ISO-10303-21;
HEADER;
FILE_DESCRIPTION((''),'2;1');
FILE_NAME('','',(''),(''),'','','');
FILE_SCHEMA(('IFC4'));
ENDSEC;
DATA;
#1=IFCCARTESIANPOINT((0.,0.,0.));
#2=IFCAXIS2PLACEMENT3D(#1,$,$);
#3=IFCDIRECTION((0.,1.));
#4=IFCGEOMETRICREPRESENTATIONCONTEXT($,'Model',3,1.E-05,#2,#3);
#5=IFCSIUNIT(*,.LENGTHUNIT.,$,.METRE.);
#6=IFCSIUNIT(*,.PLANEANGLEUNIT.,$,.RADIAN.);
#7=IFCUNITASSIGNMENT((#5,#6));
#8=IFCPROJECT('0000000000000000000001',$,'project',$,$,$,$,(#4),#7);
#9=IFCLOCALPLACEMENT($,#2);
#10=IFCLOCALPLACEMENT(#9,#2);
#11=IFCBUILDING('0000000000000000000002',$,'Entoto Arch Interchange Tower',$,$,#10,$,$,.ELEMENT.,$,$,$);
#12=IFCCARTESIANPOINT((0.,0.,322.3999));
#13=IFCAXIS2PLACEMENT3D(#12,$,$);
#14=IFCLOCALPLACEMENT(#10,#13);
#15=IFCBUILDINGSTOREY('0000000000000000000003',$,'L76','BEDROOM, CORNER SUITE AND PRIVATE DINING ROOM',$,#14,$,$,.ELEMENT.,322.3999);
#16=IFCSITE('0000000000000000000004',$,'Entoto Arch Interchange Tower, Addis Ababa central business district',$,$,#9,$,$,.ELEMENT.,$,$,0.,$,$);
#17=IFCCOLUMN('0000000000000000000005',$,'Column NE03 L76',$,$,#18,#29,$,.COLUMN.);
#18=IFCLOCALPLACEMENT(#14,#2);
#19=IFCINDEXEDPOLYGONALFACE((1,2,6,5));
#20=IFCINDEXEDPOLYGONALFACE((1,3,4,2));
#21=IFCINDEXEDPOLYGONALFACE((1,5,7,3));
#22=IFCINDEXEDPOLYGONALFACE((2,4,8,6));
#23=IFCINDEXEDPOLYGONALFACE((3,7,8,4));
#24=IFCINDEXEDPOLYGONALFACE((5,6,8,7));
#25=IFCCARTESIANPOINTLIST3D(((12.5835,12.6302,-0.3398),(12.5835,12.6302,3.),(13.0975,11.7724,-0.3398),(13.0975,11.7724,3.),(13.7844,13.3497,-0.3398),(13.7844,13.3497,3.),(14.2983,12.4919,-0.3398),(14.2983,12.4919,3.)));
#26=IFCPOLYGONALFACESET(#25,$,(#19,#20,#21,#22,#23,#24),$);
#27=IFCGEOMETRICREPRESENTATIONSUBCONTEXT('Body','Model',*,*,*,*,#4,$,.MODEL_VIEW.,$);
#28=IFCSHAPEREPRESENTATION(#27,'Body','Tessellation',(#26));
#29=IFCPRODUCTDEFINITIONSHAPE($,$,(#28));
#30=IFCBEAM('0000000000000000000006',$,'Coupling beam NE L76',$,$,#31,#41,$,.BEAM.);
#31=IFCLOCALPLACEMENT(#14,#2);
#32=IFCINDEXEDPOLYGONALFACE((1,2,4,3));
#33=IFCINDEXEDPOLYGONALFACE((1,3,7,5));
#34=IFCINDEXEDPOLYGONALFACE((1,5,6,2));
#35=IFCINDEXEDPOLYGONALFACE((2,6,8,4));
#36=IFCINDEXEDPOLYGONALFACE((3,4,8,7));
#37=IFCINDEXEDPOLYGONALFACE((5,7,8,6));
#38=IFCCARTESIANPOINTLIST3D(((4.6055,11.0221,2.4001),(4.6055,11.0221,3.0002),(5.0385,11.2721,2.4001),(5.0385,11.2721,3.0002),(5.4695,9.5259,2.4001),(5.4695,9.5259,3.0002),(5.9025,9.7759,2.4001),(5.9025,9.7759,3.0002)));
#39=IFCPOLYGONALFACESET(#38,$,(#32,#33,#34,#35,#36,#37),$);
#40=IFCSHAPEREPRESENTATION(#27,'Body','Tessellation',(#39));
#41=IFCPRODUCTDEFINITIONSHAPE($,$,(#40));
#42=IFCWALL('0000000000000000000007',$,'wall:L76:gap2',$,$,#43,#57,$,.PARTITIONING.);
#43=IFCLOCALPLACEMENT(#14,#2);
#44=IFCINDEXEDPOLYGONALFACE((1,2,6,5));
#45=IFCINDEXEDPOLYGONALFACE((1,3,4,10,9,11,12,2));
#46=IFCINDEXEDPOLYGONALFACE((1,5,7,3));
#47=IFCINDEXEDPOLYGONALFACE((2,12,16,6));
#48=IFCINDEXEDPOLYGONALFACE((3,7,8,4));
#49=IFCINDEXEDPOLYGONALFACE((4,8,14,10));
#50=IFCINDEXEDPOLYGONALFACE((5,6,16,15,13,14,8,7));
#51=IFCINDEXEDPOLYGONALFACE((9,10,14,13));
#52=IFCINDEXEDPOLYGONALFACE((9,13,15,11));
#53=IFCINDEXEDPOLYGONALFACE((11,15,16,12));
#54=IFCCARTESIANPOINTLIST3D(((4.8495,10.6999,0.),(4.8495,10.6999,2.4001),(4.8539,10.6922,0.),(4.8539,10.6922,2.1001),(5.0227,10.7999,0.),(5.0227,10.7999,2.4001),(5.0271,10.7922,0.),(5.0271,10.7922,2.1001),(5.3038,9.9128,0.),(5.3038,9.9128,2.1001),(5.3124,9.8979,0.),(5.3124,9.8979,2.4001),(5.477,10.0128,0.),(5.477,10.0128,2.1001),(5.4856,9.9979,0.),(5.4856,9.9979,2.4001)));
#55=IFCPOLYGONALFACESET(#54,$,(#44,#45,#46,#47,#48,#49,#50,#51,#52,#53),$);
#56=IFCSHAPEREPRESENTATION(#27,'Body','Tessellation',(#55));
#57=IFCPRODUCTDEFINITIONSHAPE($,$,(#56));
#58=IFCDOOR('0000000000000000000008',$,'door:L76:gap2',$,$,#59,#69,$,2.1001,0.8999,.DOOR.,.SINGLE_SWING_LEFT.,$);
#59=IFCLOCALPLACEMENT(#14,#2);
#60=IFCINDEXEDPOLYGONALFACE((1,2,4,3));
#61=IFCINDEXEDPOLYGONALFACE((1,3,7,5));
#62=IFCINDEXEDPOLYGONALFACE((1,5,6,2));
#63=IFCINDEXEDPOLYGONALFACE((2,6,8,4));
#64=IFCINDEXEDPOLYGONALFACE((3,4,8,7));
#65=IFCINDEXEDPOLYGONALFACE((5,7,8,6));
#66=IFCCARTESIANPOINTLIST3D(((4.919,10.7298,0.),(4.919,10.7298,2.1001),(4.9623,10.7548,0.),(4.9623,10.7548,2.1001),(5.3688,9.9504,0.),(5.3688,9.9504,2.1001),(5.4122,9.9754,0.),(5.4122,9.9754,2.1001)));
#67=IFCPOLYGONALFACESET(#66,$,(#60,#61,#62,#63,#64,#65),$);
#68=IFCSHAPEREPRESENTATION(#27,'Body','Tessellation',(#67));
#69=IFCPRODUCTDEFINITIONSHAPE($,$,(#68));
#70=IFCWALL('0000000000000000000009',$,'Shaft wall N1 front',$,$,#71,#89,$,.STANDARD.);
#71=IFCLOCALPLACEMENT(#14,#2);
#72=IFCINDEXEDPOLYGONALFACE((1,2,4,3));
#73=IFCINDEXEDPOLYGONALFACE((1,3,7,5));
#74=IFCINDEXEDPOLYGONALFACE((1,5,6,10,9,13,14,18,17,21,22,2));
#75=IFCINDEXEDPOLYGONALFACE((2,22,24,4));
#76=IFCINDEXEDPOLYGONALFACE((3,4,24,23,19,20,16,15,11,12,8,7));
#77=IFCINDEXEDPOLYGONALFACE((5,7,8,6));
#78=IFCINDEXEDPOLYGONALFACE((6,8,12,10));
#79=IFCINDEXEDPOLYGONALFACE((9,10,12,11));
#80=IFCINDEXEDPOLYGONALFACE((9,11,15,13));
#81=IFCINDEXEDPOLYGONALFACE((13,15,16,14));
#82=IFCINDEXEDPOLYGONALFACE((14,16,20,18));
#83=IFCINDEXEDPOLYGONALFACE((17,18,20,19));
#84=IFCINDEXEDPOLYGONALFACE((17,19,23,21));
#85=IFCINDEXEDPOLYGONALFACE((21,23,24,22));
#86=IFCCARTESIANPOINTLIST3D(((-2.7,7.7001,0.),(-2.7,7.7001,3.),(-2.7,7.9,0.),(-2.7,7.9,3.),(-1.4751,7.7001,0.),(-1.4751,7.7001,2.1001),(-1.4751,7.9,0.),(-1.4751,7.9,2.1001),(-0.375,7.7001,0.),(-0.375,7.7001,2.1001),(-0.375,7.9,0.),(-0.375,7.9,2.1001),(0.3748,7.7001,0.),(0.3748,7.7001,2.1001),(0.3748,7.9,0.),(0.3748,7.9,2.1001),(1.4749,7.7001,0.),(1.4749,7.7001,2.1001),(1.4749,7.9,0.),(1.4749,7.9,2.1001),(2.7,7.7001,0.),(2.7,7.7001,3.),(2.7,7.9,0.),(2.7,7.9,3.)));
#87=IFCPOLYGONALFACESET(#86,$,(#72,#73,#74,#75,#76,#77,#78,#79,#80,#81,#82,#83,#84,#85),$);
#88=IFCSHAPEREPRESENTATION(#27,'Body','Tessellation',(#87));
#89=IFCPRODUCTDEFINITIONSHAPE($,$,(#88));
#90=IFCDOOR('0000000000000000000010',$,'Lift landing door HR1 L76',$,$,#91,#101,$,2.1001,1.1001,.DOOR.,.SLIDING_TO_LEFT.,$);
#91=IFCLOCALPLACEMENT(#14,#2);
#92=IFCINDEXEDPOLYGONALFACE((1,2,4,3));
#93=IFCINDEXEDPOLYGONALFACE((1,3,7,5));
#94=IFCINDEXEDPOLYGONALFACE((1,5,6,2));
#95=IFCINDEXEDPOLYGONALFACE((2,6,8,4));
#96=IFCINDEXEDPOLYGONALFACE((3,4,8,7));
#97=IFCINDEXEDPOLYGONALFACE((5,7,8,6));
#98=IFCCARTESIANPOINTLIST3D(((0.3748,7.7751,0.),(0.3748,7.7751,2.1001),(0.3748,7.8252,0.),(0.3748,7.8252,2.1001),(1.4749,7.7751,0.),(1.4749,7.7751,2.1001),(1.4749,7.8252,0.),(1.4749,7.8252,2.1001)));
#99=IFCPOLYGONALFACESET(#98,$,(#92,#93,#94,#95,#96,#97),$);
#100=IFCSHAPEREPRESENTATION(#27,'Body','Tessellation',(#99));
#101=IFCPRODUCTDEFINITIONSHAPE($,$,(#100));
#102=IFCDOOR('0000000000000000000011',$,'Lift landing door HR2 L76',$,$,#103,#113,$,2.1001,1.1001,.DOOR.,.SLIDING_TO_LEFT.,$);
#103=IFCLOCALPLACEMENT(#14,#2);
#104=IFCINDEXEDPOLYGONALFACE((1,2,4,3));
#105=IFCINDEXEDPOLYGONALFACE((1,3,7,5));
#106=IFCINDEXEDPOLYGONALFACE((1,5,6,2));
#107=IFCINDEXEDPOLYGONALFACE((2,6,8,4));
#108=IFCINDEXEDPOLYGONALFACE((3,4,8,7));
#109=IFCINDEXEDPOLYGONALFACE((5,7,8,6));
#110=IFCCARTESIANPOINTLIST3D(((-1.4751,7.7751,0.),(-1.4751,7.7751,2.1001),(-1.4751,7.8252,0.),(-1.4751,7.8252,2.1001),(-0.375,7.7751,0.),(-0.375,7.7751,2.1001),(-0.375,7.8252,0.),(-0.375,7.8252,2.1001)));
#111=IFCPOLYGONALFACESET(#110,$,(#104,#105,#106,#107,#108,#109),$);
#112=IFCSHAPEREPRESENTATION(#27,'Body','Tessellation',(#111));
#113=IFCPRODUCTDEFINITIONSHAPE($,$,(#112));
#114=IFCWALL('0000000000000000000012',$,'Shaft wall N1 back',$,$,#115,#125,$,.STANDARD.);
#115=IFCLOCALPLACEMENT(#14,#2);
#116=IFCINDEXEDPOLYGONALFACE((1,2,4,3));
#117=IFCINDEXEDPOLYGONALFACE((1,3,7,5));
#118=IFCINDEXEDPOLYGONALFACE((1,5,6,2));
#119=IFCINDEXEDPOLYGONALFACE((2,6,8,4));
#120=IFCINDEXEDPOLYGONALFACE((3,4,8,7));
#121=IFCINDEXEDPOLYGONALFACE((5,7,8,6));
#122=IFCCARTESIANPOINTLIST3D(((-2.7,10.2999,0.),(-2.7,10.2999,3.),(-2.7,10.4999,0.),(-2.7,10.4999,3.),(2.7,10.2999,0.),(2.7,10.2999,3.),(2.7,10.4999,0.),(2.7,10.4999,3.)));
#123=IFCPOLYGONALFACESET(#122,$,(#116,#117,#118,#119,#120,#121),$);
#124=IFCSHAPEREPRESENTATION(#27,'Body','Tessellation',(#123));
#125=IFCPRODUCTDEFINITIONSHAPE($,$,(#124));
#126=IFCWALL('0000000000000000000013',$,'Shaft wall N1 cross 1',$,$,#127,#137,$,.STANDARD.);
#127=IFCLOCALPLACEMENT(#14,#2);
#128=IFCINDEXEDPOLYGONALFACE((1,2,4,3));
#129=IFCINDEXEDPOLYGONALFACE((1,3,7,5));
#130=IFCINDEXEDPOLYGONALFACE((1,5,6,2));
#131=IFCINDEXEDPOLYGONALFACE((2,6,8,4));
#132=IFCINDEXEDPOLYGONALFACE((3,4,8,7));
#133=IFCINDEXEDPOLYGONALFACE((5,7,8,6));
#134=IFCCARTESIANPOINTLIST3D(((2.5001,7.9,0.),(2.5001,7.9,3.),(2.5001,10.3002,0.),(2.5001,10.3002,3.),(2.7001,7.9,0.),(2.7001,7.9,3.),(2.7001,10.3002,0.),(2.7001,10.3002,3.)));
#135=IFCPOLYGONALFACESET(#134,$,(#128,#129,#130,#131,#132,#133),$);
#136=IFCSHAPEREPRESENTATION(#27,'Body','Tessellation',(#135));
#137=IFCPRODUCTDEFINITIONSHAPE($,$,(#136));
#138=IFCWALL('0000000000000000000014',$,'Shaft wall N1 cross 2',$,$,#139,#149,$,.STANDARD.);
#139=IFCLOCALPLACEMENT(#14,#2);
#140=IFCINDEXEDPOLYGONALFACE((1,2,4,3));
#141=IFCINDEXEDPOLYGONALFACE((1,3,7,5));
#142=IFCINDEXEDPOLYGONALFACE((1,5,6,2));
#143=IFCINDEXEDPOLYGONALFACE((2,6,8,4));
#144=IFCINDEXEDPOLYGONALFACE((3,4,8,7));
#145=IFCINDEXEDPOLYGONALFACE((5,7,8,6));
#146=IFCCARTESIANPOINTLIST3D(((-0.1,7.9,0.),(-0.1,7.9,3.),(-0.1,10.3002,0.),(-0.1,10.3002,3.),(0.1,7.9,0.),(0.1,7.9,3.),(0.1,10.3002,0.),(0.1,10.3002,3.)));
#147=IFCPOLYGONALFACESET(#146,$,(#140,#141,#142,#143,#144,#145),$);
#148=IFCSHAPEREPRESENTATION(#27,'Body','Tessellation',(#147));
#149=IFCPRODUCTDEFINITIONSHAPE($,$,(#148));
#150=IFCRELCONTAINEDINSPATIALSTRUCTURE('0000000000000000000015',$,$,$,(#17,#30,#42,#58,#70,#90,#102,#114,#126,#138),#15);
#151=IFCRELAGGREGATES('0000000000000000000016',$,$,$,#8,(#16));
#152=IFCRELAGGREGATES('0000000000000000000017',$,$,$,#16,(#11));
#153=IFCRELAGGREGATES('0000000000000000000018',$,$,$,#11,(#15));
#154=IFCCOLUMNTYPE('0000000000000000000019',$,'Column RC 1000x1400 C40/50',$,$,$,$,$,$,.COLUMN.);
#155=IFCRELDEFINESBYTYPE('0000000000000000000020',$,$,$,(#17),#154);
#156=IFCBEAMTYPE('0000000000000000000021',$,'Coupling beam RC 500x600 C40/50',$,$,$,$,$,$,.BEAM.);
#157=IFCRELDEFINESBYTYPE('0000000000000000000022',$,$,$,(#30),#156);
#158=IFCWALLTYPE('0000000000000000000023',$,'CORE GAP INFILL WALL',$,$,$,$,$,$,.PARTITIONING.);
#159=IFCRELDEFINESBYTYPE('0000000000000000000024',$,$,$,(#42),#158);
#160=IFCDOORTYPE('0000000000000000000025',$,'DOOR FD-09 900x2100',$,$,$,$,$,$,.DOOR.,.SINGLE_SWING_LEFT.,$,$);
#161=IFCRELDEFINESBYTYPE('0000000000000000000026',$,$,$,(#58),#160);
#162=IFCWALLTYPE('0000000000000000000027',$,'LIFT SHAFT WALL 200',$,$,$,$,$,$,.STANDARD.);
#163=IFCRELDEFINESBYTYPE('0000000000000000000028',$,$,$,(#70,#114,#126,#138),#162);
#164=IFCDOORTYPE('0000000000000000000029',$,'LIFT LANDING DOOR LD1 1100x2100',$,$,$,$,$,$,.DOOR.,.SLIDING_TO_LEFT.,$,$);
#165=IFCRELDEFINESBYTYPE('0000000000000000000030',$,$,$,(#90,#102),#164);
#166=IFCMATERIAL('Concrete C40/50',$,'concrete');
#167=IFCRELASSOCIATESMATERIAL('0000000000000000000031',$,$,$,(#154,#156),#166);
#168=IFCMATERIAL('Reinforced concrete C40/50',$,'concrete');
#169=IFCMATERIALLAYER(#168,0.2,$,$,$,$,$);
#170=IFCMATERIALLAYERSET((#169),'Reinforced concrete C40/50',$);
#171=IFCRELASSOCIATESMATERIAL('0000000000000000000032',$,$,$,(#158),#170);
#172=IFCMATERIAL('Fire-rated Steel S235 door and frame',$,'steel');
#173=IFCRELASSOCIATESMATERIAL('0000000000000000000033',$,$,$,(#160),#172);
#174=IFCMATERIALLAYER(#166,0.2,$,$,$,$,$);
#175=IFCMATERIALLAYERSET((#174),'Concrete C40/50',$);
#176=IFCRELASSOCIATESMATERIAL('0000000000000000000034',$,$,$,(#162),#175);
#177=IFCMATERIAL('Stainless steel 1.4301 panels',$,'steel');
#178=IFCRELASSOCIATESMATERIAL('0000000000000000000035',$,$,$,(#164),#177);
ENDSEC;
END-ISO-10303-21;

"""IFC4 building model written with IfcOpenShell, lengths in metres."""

from ifc_helpers import new_model, si_unit, direction, frame, frame_2d, origin, origin_2d, place, context, subcontext, project, spatial, rectangle, extrude, material, layer, layer_set, material_profile, profile_set, type_object, element, fill, save


model = new_model("IFC4")

# Units and contexts
model_context = context("Model", 3, precision=1e-05, world=origin(), true_north=direction((0.0, 1.0)))
body_context = subcontext(model_context, "Body", "Model", "MODEL_VIEW")
ifc_project = project(units=[si_unit("LENGTHUNIT", "METRE"), si_unit("PLANEANGLEUNIT", "RADIAN")], contexts=[model_context])

# Site, building, storey
site_placement = place(None, origin())
site = spatial("IfcSite", under=ifc_project, at=site_placement, Name="Entoto Arch Interchange Tower, Addis Ababa central business district", CompositionType="ELEMENT", RefElevation=0.0)
building_placement = place(site_placement, origin())
building = spatial("IfcBuilding", under=site, at=building_placement, Name="Entoto Arch Interchange Tower", CompositionType="ELEMENT")
storey_placement = place(building_placement, frame((0.0, 0.0, 322.3999)))
storey = spatial("IfcBuildingStorey", under=building, at=storey_placement, Name="L76", Description="BEDROOM, CORNER SUITE AND PRIVATE DINING ROOM", CompositionType="ELEMENT", Elevation=322.3999)

# Column
ifc_material_1 = material(Name="Concrete C40/50", Category="concrete")
ifc_material_profile_1 = material_profile(ifc_material_1, rectangle(XDim=1.0, YDim=1.3999, at=origin_2d()))
ifc_profile_set_1 = profile_set([ifc_material_profile_1], Name="Concrete C40/50")
column_type = type_object("IfcColumnType", Name="Column RC 1000x1400 C40/50", PredefinedType="COLUMN", material=ifc_profile_set_1)
column_placement = place(storey_placement, frame((13.4409, 12.561, -0.3398), z_axis=(0.0, 0.0, 1.0), x_axis=(-0.513946, 0.857823, 0.0)))
element("IfcColumn", 1, at=column_placement, inside=storey, type_object=column_type, Name="Column NE03 L76", PredefinedType="COLUMN", context=body_context, shape_type="SweptSolid", body=[
    extrude(rectangle(XDim=1.0, YDim=1.3999, at=origin_2d()), origin(), (0.0, 0.0, 1.0), 3.3398),
])

# Beam
ifc_material_profile_2 = material_profile(ifc_material_1, rectangle(XDim=0.5, YDim=0.6001, at=origin_2d()))
ifc_profile_set_2 = profile_set([ifc_material_profile_2], Name="Concrete C40/50")
beam_type = type_object("IfcBeamType", Name="Coupling beam RC 500x600 C40/50", PredefinedType="BEAM", material=ifc_profile_set_2)
beam_placement = place(storey_placement, frame((5.686, 9.6509, 2.7002), z_axis=(-0.500106, 0.865964, 0.0), x_axis=(-0.865964, -0.500106, 0.0)))
element("IfcBeam", 2, at=beam_placement, inside=storey, type_object=beam_type, Name="Coupling beam NE L76", PredefinedType="BEAM", context=body_context, shape_type="SweptSolid", body=[
    extrude(rectangle(XDim=0.5, YDim=0.6001, at=origin_2d()), origin(), (0.0, 0.0, 1.0), 1.7278),
])

# Wall, opening, door
ifc_material_2 = material(Name="Reinforced concrete C40/50", Category="concrete")
ifc_layer_1 = layer(ifc_material_2, 0.2)
ifc_layer_set_1 = layer_set([ifc_layer_1], Name="Reinforced concrete C40/50")
wall_type_1 = type_object("IfcWallType", Name="CORE GAP INFILL WALL", PredefinedType="PARTITIONING", material=ifc_layer_set_1)
wall_1_placement = place(storey_placement, frame((5.3989, 9.948, 0.0), z_axis=(0.0, 0.0, 1.0), x_axis=(-0.499882, 0.866093, 0.0)))
wall_1 = element("IfcWall", 3, at=wall_1_placement, inside=storey, type_object=wall_type_1, Name="wall:L76:gap2", PredefinedType="PARTITIONING", context=body_context, shape_type="SweptSolid", body=[
    extrude(rectangle(XDim=0.926, YDim=0.2, at=frame_2d((0.4629, 0.0))), origin(), (0.0, 0.0, 1.0), 2.4001),
])
opening_1_placement = place(wall_1_placement, frame((0.0171, 0.0, 0.0)))
opening_1 = element("IfcOpeningElement", 4, at=opening_1_placement, cuts=wall_1, PredefinedType="OPENING", context=body_context, shape_type="SweptSolid", body=[
    extrude(rectangle(XDim=0.8999, YDim=2.1001, at=frame_2d((0.45, 1.05))), frame((0.0, 0.1099, 0.0), z_axis=(0.0, -1.0, 0.0), x_axis=(1.0, 0.0, 0.0)), (0.0, 0.0, 1.0), 0.22),
])
ifc_material_3 = material(Name="Fire-rated Steel S235 door and frame", Category="steel")
door_type_1 = type_object("IfcDoorType", Name="DOOR FD-09 900x2100", OperationType="SINGLE_SWING_LEFT", PredefinedType="DOOR", material=ifc_material_3)
door_1_placement = place(opening_1_placement, origin())
door_1 = element("IfcDoor", 5, at=door_1_placement, inside=storey, type_object=door_type_1, Name="door:L76:gap2", OperationType="SINGLE_SWING_LEFT", OverallHeight=2.1001, OverallWidth=0.8999, PredefinedType="DOOR", context=body_context, shape_type="SweptSolid", body=[
    extrude(rectangle(XDim=0.8999, YDim=2.1001, at=frame_2d((0.45, 1.05))), frame((0.0, 0.0249, 0.0), z_axis=(0.0, -1.0, 0.0), x_axis=(1.0, 0.0, 0.0)), (0.0, 0.0, 1.0), 0.05),
])
fill(opening_1, door_1)

# Wall, openings, doors
ifc_layer_2 = layer(ifc_material_1, 0.2)
ifc_layer_set_2 = layer_set([ifc_layer_2], Name="Concrete C40/50")
wall_type_2 = type_object("IfcWallType", Name="LIFT SHAFT WALL 200", PredefinedType="STANDARD", material=ifc_layer_set_2)
wall_2_placement = place(storey_placement, frame((2.7, 7.8, 0.0), z_axis=(0.0, 0.0, 1.0), x_axis=(-1.0, 0.0, 0.0)))
wall_2 = element("IfcWall", 6, at=wall_2_placement, inside=storey, type_object=wall_type_2, Name="Shaft wall N1 front", PredefinedType="STANDARD", context=body_context, shape_type="SweptSolid", body=[
    extrude(rectangle(XDim=5.3999, YDim=0.2, at=frame_2d((2.7, 0.0))), origin(), (0.0, 0.0, 1.0), 3.0),
])
opening_2_placement = place(wall_2_placement, frame((1.2251, 0.0, 0.0)))
opening_2 = element("IfcOpeningElement", 7, at=opening_2_placement, cuts=wall_2, PredefinedType="OPENING", context=body_context, shape_type="SweptSolid", body=[
    extrude(rectangle(XDim=1.1001, YDim=2.1001, at=frame_2d((0.55, 1.05))), frame((0.0, 0.1099, 0.0), z_axis=(0.0, -1.0, 0.0), x_axis=(1.0, 0.0, 0.0)), (0.0, 0.0, 1.0), 0.22),
])
opening_3_placement = place(wall_2_placement, frame((3.075, 0.0, 0.0)))
opening_3 = element("IfcOpeningElement", 8, at=opening_3_placement, cuts=wall_2, PredefinedType="OPENING", context=body_context, shape_type="SweptSolid", body=[
    extrude(rectangle(XDim=1.1001, YDim=2.1001, at=frame_2d((0.55, 1.05))), frame((0.0, 0.1099, 0.0), z_axis=(0.0, -1.0, 0.0), x_axis=(1.0, 0.0, 0.0)), (0.0, 0.0, 1.0), 0.22),
])
ifc_material_4 = material(Name="Stainless steel 1.4301 panels", Category="steel")
door_type_2 = type_object("IfcDoorType", Name="LIFT LANDING DOOR LD1 1100x2100", OperationType="SLIDING_TO_LEFT", PredefinedType="DOOR", material=ifc_material_4)
door_2_placement = place(opening_2_placement, origin())
door_2 = element("IfcDoor", 9, at=door_2_placement, inside=storey, type_object=door_type_2, Name="Lift landing door HR1 L76", OperationType="SLIDING_TO_LEFT", OverallHeight=2.1001, OverallWidth=1.1001, PredefinedType="DOOR", context=body_context, shape_type="SweptSolid", body=[
    extrude(rectangle(XDim=1.1001, YDim=2.1001, at=frame_2d((0.55, 1.05))), frame((0.0, 0.0249, 0.0), z_axis=(0.0, -1.0, 0.0), x_axis=(1.0, 0.0, 0.0)), (0.0, 0.0, 1.0), 0.05),
])
fill(opening_2, door_2)
door_3_placement = place(opening_3_placement, origin())
door_3 = element("IfcDoor", 10, at=door_3_placement, inside=storey, type_object=door_type_2, Name="Lift landing door HR2 L76", OperationType="SLIDING_TO_LEFT", OverallHeight=2.1001, OverallWidth=1.1001, PredefinedType="DOOR", context=body_context, shape_type="SweptSolid", body=[
    extrude(rectangle(XDim=1.1001, YDim=2.1001, at=frame_2d((0.55, 1.05))), frame((0.0, 0.0249, 0.0), z_axis=(0.0, -1.0, 0.0), x_axis=(1.0, 0.0, 0.0)), (0.0, 0.0, 1.0), 0.05),
])
fill(opening_3, door_3)

# Walls
wall_3_placement = place(storey_placement, frame((2.7, 10.3999, 0.0), z_axis=(0.0, 0.0, 1.0), x_axis=(-1.0, 0.0, 0.0)))
element("IfcWall", 11, at=wall_3_placement, inside=storey, type_object=wall_type_2, Name="Shaft wall N1 back", PredefinedType="STANDARD", context=body_context, shape_type="SweptSolid", body=[
    extrude(rectangle(XDim=5.3999, YDim=0.2, at=frame_2d((2.7, 0.0))), origin(), (0.0, 0.0, 1.0), 3.0),
])
for number, where, z_axis, x_axis, name in (
    (12, (2.6001, 7.8999, 0.0), (0.0, 0.0, 1.0), (0.0, 1.0, 0.0), "Shaft wall N1 cross 1"),
    (13, (0.0, 7.8999, 0.0), (0.0, 0.0, 1.0), (0.0, 1.0, 0.0), "Shaft wall N1 cross 2"),
):
    element("IfcWall", number, at=place(storey_placement, frame(where, z_axis=z_axis, x_axis=x_axis)), inside=storey, type_object=wall_type_2, Name=name, PredefinedType="STANDARD", context=body_context, shape_type="SweptSolid", body=[
        extrude(rectangle(XDim=2.4001, YDim=0.2, at=frame_2d((1.2002, 0.0))), origin(), (0.0, 0.0, 1.0), 3.0),
    ])

save(model, "model.ifc")
